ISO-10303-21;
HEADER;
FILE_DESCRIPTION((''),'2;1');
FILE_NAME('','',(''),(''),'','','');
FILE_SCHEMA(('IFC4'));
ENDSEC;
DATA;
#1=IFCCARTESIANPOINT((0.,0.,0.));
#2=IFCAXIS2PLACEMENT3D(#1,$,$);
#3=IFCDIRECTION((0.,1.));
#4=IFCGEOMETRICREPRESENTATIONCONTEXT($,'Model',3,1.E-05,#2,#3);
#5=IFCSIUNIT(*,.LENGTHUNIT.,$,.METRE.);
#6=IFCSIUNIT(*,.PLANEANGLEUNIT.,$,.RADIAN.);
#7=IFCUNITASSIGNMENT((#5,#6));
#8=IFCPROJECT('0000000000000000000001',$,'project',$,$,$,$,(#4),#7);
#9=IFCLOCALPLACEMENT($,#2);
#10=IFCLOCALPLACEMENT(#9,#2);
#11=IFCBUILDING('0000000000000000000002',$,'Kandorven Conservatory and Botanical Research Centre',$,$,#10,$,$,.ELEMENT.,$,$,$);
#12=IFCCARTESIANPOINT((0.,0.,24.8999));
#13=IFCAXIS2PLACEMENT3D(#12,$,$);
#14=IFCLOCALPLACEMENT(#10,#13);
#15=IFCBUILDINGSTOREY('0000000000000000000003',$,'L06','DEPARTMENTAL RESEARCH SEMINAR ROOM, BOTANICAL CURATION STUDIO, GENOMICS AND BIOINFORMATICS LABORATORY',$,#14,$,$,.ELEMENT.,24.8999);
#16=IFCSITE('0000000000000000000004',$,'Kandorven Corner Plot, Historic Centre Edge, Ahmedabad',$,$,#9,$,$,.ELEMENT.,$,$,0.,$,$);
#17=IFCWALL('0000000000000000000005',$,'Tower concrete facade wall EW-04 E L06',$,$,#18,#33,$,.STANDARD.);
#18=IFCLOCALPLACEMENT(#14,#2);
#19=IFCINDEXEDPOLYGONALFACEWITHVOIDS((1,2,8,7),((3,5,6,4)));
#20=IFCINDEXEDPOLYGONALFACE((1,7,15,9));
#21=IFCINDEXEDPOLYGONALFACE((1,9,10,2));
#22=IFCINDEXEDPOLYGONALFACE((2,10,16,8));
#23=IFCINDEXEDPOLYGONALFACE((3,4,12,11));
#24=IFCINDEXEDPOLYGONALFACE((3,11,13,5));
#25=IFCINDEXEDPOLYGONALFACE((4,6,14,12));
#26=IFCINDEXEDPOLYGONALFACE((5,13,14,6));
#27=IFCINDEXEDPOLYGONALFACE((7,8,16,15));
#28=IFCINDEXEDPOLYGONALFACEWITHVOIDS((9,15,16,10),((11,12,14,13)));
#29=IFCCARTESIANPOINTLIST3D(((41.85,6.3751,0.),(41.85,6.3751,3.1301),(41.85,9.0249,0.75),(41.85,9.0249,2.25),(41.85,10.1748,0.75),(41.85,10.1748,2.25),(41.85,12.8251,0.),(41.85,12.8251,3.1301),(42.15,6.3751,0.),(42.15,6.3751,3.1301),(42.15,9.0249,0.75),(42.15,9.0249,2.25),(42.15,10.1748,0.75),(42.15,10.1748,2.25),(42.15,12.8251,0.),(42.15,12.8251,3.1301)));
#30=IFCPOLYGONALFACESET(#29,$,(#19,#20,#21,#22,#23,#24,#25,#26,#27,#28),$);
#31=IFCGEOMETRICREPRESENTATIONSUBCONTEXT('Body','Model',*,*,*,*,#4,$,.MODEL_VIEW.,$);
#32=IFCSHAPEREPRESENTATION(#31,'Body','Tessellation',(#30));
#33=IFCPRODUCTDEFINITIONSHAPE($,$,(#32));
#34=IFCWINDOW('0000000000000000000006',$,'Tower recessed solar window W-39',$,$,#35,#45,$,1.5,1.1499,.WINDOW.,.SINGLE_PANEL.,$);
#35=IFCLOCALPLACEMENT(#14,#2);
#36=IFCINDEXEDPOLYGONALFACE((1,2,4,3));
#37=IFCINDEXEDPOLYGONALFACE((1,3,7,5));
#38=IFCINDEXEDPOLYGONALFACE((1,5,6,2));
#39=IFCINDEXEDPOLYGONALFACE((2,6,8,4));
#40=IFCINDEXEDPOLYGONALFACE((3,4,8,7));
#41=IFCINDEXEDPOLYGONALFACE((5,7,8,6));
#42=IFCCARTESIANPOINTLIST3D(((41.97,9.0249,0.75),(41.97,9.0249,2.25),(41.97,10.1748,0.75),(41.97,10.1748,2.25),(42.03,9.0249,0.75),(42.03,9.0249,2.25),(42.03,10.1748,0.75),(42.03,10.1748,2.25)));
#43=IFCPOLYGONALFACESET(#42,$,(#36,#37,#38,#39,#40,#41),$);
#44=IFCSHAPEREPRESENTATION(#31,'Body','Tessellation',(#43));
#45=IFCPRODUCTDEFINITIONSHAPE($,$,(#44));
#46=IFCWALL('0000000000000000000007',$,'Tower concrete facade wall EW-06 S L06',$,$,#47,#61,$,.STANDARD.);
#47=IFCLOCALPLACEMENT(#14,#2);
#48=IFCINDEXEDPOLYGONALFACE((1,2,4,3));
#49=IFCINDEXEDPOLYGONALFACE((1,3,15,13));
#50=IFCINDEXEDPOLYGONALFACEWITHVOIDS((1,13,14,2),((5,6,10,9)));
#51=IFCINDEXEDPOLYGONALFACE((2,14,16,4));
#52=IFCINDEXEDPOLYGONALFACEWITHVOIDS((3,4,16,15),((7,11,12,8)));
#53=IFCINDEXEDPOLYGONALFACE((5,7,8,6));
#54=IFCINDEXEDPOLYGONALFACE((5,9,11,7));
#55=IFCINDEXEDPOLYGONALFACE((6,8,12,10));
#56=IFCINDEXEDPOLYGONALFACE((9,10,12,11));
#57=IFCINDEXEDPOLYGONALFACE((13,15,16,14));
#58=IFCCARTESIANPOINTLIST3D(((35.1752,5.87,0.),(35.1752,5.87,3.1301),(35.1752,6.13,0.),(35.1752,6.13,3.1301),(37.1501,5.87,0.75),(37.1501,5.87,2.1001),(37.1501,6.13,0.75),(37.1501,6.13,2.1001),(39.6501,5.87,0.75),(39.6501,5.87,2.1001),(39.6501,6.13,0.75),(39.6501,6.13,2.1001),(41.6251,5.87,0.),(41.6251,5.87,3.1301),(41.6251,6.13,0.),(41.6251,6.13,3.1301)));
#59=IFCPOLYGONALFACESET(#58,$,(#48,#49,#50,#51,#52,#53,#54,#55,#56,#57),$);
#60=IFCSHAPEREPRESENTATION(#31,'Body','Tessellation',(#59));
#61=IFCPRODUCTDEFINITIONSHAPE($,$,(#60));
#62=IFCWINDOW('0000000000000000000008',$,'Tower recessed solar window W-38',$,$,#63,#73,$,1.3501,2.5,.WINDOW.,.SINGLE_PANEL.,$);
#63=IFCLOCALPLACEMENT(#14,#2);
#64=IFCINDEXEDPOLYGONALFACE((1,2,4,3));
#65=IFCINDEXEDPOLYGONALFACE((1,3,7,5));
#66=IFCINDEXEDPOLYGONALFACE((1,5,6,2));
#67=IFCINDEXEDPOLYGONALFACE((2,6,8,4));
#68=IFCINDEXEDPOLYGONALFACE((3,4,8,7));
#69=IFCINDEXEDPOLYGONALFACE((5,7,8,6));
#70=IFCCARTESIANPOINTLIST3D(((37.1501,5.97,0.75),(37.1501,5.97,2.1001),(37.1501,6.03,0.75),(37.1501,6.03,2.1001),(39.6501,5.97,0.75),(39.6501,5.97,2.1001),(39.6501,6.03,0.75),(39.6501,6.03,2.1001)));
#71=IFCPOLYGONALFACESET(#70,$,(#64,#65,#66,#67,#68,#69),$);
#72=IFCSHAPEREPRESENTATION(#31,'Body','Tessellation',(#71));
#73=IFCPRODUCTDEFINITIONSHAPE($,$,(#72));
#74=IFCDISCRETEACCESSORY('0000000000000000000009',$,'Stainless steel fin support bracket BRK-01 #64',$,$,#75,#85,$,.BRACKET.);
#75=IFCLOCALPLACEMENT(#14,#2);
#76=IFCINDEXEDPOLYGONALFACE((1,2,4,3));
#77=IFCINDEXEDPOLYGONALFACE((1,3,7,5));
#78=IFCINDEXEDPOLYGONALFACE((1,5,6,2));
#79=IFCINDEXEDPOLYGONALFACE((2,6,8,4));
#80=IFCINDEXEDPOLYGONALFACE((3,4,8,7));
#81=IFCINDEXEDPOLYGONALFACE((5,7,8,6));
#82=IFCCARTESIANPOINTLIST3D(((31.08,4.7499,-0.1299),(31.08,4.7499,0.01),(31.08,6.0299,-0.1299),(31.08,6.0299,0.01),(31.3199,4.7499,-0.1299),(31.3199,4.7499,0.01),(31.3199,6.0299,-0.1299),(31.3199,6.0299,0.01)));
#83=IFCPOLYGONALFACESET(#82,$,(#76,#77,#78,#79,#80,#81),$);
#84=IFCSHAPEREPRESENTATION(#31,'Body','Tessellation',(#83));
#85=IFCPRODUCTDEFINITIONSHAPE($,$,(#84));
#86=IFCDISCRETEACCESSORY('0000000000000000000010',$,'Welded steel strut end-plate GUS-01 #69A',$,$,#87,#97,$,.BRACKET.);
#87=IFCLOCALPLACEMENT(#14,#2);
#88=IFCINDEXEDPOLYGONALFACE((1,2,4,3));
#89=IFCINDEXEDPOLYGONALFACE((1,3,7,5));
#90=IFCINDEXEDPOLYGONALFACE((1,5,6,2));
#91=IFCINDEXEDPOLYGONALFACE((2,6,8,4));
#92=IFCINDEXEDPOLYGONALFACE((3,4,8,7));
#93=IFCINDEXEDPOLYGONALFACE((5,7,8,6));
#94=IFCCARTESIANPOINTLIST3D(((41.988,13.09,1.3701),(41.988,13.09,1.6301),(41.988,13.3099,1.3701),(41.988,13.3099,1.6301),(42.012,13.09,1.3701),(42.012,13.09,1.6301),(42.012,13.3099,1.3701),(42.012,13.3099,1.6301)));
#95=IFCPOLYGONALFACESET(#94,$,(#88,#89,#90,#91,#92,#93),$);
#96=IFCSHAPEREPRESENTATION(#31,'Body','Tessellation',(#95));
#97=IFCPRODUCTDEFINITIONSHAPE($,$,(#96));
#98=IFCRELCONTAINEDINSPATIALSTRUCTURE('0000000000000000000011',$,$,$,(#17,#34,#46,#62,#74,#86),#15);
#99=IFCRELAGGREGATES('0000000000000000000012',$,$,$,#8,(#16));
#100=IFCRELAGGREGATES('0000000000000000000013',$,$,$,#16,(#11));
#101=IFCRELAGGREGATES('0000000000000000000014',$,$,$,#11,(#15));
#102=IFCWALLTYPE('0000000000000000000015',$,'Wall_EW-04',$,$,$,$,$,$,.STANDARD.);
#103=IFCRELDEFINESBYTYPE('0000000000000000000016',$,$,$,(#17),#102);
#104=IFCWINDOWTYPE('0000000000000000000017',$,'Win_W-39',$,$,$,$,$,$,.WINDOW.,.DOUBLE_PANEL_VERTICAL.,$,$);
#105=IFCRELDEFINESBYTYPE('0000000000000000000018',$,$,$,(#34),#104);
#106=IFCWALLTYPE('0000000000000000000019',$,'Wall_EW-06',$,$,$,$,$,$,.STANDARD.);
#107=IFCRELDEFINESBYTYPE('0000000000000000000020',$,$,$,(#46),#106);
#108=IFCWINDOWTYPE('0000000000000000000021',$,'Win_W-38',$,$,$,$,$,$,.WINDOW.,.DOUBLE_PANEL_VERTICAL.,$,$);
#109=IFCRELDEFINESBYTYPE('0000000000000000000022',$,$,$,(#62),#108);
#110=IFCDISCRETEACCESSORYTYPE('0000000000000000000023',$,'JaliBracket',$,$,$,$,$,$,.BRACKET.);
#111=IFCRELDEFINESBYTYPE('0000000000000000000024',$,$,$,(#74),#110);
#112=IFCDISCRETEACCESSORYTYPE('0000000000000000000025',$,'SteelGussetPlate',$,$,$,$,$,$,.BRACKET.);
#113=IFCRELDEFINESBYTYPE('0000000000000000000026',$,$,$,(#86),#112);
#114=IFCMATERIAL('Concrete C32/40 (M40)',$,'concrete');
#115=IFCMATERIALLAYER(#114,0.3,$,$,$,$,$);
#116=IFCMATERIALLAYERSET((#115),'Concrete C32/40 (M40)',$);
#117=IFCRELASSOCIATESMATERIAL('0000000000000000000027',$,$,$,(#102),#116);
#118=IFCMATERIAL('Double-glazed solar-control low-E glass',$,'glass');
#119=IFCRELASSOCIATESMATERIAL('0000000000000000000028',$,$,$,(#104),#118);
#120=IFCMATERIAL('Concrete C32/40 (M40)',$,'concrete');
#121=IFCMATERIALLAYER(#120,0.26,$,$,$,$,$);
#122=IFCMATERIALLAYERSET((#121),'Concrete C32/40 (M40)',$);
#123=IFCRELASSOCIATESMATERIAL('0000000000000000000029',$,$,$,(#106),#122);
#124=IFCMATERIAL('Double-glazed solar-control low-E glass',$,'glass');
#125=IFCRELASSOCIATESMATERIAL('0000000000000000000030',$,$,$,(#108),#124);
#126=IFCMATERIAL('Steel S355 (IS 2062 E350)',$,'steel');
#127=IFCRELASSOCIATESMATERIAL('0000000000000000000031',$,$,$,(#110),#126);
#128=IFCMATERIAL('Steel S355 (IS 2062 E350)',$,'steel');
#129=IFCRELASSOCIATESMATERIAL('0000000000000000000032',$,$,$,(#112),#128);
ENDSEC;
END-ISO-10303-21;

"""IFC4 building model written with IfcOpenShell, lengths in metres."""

from ifc_helpers import new_model, si_unit, direction, frame, frame_2d, origin, origin_2d, place, context, subcontext, project, spatial, rectangle, extrude, material, layer, layer_set, type_object, element, fill, save


model = new_model("IFC4")

# Units and contexts
model_context = context("Model", 3, precision=1e-05, world=origin(), true_north=direction((0.0, 1.0)))
body_context = subcontext(model_context, "Body", "Model", "MODEL_VIEW")
ifc_project = project(units=[si_unit("LENGTHUNIT", "METRE"), si_unit("PLANEANGLEUNIT", "RADIAN")], contexts=[model_context])

# Site, building, storey
site_placement = place(None, origin())
site = spatial("IfcSite", under=ifc_project, at=site_placement, Name="Kandorven Corner Plot, Historic Centre Edge, Ahmedabad", CompositionType="ELEMENT", RefElevation=0.0)
building_placement = place(site_placement, origin())
building = spatial("IfcBuilding", under=site, at=building_placement, Name="Kandorven Conservatory and Botanical Research Centre", CompositionType="ELEMENT")
storey_placement = place(building_placement, frame((0.0, 0.0, 24.8999)))
storey = spatial("IfcBuildingStorey", under=building, at=storey_placement, Name="L06", Description="DEPARTMENTAL RESEARCH SEMINAR ROOM, BOTANICAL CURATION STUDIO, GENOMICS AND BIOINFORMATICS LABORATORY", CompositionType="ELEMENT", Elevation=24.8999)

# Walls, openings, windows
ifc_material_1 = material(Name="Concrete C32/40 (M40)", Category="concrete")
ifc_layer_1 = layer(ifc_material_1, 0.3)
ifc_layer_set_1 = layer_set([ifc_layer_1], Name="Concrete C32/40 (M40)")
wall_type_1 = type_object("IfcWallType", Name="Wall_EW-04", PredefinedType="STANDARD", material=ifc_layer_set_1)
wall_1_placement = place(storey_placement, frame((42.0, 6.375, 0.0), z_axis=(0.0, 0.0, 1.0), x_axis=(0.0, 1.0, 0.0)))
wall_1 = element("IfcWall", 1, at=wall_1_placement, inside=storey, type_object=wall_type_1, Name="Tower concrete facade wall EW-04 E L06", PredefinedType="STANDARD", context=body_context, shape_type="SweptSolid", body=[
    extrude(rectangle(XDim=6.45, YDim=0.3, at=frame_2d((3.2251, 0.0))), origin(), (0.0, 0.0, 1.0), 3.1301),
])
opening_1_placement = place(wall_1_placement, frame((2.6499, 0.0, 0.75)))
opening_1 = element("IfcOpeningElement", 2, at=opening_1_placement, cuts=wall_1, PredefinedType="OPENING", context=body_context, shape_type="SweptSolid", body=[
    extrude(rectangle(XDim=1.1499, YDim=1.5, at=frame_2d((0.575, 0.75))), frame((0.0, 0.1599, 0.0), z_axis=(0.0, -1.0, 0.0), x_axis=(1.0, 0.0, 0.0)), (0.0, 0.0, 1.0), 0.3201),
])
ifc_material_2 = material(Name="Double-glazed solar-control low-E glass", Category="glass")
window_type_1 = type_object("IfcWindowType", Name="Win_W-39", PartitioningType="DOUBLE_PANEL_VERTICAL", PredefinedType="WINDOW", material=ifc_material_2)
window_1_placement = place(opening_1_placement, origin())
window_1 = element("IfcWindow", 3, at=window_1_placement, inside=storey, type_object=window_type_1, Name="Tower recessed solar window W-39", OverallHeight=1.5, OverallWidth=1.1499, PartitioningType="SINGLE_PANEL", PredefinedType="WINDOW", context=body_context, shape_type="SweptSolid", body=[
    extrude(rectangle(XDim=1.1499, YDim=1.5, at=frame_2d((0.575, 0.75))), frame((0.0, 0.03, 0.0), z_axis=(0.0, -1.0, 0.0), x_axis=(1.0, 0.0, 0.0)), (0.0, 0.0, 1.0), 0.0601),
])
fill(opening_1, window_1)
ifc_material_3 = material(Name="Concrete C32/40 (M40)", Category="concrete")
ifc_layer_2 = layer(ifc_material_3, 0.26)
ifc_layer_set_2 = layer_set([ifc_layer_2], Name="Concrete C32/40 (M40)")
wall_type_2 = type_object("IfcWallType", Name="Wall_EW-06", PredefinedType="STANDARD", material=ifc_layer_set_2)
wall_2_placement = place(storey_placement, frame((35.175, 6.0, 0.0), z_axis=(0.0, 0.0, 1.0), x_axis=(1.0, 0.0, 0.0)))
wall_2 = element("IfcWall", 4, at=wall_2_placement, inside=storey, type_object=wall_type_2, Name="Tower concrete facade wall EW-06 S L06", PredefinedType="STANDARD", context=body_context, shape_type="SweptSolid", body=[
    extrude(rectangle(XDim=6.45, YDim=0.26, at=frame_2d((3.2251, 0.0))), origin(), (0.0, 0.0, 1.0), 3.1301),
])
opening_2_placement = place(wall_2_placement, frame((1.9751, 0.0, 0.75)))
opening_2 = element("IfcOpeningElement", 5, at=opening_2_placement, cuts=wall_2, PredefinedType="OPENING", context=body_context, shape_type="SweptSolid", body=[
    extrude(rectangle(XDim=2.5, YDim=1.3501, at=frame_2d((1.25, 0.675))), frame((0.0, 0.1399, 0.0), z_axis=(0.0, -1.0, 0.0), x_axis=(1.0, 0.0, 0.0)), (0.0, 0.0, 1.0), 0.28),
])
ifc_material_4 = material(Name="Double-glazed solar-control low-E glass", Category="glass")
window_type_2 = type_object("IfcWindowType", Name="Win_W-38", PartitioningType="DOUBLE_PANEL_VERTICAL", PredefinedType="WINDOW", material=ifc_material_4)
window_2_placement = place(opening_2_placement, origin())
window_2 = element("IfcWindow", 6, at=window_2_placement, inside=storey, type_object=window_type_2, Name="Tower recessed solar window W-38", OverallHeight=1.3501, OverallWidth=2.5, PartitioningType="SINGLE_PANEL", PredefinedType="WINDOW", context=body_context, shape_type="SweptSolid", body=[
    extrude(rectangle(XDim=2.5, YDim=1.3501, at=frame_2d((1.25, 0.675))), frame((0.0, 0.03, 0.0), z_axis=(0.0, -1.0, 0.0), x_axis=(1.0, 0.0, 0.0)), (0.0, 0.0, 1.0), 0.0601),
])
fill(opening_2, window_2)

# Discrete accessories
ifc_material_5 = material(Name="Steel S355 (IS 2062 E350)", Category="steel")
discrete_accessory_type_1 = type_object("IfcDiscreteAccessoryType", Name="JaliBracket", PredefinedType="BRACKET", material=ifc_material_5)
discrete_accessory_1_placement = place(storey_placement, frame((31.2, 5.3899, -0.1299), z_axis=(0.0, 0.0, 1.0), x_axis=(1.0, 0.0, 0.0)))
element("IfcDiscreteAccessory", 7, at=discrete_accessory_1_placement, inside=storey, type_object=discrete_accessory_type_1, Name="Stainless steel fin support bracket BRK-01 #64", PredefinedType="BRACKET", context=body_context, shape_type="SweptSolid", body=[
    extrude(rectangle(XDim=0.24, YDim=1.28, at=origin_2d()), origin(), (0.0, 0.0, 1.0), 0.1399),
])
ifc_material_6 = material(Name="Steel S355 (IS 2062 E350)", Category="steel")
discrete_accessory_type_2 = type_object("IfcDiscreteAccessoryType", Name="SteelGussetPlate", PredefinedType="BRACKET", material=ifc_material_6)
discrete_accessory_2_placement = place(storey_placement, frame((42.0, 13.2, 1.3701), z_axis=(0.0, 0.0, 1.0), x_axis=(1.0, 0.0, 0.0)))
element("IfcDiscreteAccessory", 8, at=discrete_accessory_2_placement, inside=storey, type_object=discrete_accessory_type_2, Name="Welded steel strut end-plate GUS-01 #69A", PredefinedType="BRACKET", context=body_context, shape_type="SweptSolid", body=[
    extrude(rectangle(XDim=0.0239, YDim=0.22, at=origin_2d()), origin(), (0.0, 0.0, 1.0), 0.26),
])

save(model, "model.ifc")
